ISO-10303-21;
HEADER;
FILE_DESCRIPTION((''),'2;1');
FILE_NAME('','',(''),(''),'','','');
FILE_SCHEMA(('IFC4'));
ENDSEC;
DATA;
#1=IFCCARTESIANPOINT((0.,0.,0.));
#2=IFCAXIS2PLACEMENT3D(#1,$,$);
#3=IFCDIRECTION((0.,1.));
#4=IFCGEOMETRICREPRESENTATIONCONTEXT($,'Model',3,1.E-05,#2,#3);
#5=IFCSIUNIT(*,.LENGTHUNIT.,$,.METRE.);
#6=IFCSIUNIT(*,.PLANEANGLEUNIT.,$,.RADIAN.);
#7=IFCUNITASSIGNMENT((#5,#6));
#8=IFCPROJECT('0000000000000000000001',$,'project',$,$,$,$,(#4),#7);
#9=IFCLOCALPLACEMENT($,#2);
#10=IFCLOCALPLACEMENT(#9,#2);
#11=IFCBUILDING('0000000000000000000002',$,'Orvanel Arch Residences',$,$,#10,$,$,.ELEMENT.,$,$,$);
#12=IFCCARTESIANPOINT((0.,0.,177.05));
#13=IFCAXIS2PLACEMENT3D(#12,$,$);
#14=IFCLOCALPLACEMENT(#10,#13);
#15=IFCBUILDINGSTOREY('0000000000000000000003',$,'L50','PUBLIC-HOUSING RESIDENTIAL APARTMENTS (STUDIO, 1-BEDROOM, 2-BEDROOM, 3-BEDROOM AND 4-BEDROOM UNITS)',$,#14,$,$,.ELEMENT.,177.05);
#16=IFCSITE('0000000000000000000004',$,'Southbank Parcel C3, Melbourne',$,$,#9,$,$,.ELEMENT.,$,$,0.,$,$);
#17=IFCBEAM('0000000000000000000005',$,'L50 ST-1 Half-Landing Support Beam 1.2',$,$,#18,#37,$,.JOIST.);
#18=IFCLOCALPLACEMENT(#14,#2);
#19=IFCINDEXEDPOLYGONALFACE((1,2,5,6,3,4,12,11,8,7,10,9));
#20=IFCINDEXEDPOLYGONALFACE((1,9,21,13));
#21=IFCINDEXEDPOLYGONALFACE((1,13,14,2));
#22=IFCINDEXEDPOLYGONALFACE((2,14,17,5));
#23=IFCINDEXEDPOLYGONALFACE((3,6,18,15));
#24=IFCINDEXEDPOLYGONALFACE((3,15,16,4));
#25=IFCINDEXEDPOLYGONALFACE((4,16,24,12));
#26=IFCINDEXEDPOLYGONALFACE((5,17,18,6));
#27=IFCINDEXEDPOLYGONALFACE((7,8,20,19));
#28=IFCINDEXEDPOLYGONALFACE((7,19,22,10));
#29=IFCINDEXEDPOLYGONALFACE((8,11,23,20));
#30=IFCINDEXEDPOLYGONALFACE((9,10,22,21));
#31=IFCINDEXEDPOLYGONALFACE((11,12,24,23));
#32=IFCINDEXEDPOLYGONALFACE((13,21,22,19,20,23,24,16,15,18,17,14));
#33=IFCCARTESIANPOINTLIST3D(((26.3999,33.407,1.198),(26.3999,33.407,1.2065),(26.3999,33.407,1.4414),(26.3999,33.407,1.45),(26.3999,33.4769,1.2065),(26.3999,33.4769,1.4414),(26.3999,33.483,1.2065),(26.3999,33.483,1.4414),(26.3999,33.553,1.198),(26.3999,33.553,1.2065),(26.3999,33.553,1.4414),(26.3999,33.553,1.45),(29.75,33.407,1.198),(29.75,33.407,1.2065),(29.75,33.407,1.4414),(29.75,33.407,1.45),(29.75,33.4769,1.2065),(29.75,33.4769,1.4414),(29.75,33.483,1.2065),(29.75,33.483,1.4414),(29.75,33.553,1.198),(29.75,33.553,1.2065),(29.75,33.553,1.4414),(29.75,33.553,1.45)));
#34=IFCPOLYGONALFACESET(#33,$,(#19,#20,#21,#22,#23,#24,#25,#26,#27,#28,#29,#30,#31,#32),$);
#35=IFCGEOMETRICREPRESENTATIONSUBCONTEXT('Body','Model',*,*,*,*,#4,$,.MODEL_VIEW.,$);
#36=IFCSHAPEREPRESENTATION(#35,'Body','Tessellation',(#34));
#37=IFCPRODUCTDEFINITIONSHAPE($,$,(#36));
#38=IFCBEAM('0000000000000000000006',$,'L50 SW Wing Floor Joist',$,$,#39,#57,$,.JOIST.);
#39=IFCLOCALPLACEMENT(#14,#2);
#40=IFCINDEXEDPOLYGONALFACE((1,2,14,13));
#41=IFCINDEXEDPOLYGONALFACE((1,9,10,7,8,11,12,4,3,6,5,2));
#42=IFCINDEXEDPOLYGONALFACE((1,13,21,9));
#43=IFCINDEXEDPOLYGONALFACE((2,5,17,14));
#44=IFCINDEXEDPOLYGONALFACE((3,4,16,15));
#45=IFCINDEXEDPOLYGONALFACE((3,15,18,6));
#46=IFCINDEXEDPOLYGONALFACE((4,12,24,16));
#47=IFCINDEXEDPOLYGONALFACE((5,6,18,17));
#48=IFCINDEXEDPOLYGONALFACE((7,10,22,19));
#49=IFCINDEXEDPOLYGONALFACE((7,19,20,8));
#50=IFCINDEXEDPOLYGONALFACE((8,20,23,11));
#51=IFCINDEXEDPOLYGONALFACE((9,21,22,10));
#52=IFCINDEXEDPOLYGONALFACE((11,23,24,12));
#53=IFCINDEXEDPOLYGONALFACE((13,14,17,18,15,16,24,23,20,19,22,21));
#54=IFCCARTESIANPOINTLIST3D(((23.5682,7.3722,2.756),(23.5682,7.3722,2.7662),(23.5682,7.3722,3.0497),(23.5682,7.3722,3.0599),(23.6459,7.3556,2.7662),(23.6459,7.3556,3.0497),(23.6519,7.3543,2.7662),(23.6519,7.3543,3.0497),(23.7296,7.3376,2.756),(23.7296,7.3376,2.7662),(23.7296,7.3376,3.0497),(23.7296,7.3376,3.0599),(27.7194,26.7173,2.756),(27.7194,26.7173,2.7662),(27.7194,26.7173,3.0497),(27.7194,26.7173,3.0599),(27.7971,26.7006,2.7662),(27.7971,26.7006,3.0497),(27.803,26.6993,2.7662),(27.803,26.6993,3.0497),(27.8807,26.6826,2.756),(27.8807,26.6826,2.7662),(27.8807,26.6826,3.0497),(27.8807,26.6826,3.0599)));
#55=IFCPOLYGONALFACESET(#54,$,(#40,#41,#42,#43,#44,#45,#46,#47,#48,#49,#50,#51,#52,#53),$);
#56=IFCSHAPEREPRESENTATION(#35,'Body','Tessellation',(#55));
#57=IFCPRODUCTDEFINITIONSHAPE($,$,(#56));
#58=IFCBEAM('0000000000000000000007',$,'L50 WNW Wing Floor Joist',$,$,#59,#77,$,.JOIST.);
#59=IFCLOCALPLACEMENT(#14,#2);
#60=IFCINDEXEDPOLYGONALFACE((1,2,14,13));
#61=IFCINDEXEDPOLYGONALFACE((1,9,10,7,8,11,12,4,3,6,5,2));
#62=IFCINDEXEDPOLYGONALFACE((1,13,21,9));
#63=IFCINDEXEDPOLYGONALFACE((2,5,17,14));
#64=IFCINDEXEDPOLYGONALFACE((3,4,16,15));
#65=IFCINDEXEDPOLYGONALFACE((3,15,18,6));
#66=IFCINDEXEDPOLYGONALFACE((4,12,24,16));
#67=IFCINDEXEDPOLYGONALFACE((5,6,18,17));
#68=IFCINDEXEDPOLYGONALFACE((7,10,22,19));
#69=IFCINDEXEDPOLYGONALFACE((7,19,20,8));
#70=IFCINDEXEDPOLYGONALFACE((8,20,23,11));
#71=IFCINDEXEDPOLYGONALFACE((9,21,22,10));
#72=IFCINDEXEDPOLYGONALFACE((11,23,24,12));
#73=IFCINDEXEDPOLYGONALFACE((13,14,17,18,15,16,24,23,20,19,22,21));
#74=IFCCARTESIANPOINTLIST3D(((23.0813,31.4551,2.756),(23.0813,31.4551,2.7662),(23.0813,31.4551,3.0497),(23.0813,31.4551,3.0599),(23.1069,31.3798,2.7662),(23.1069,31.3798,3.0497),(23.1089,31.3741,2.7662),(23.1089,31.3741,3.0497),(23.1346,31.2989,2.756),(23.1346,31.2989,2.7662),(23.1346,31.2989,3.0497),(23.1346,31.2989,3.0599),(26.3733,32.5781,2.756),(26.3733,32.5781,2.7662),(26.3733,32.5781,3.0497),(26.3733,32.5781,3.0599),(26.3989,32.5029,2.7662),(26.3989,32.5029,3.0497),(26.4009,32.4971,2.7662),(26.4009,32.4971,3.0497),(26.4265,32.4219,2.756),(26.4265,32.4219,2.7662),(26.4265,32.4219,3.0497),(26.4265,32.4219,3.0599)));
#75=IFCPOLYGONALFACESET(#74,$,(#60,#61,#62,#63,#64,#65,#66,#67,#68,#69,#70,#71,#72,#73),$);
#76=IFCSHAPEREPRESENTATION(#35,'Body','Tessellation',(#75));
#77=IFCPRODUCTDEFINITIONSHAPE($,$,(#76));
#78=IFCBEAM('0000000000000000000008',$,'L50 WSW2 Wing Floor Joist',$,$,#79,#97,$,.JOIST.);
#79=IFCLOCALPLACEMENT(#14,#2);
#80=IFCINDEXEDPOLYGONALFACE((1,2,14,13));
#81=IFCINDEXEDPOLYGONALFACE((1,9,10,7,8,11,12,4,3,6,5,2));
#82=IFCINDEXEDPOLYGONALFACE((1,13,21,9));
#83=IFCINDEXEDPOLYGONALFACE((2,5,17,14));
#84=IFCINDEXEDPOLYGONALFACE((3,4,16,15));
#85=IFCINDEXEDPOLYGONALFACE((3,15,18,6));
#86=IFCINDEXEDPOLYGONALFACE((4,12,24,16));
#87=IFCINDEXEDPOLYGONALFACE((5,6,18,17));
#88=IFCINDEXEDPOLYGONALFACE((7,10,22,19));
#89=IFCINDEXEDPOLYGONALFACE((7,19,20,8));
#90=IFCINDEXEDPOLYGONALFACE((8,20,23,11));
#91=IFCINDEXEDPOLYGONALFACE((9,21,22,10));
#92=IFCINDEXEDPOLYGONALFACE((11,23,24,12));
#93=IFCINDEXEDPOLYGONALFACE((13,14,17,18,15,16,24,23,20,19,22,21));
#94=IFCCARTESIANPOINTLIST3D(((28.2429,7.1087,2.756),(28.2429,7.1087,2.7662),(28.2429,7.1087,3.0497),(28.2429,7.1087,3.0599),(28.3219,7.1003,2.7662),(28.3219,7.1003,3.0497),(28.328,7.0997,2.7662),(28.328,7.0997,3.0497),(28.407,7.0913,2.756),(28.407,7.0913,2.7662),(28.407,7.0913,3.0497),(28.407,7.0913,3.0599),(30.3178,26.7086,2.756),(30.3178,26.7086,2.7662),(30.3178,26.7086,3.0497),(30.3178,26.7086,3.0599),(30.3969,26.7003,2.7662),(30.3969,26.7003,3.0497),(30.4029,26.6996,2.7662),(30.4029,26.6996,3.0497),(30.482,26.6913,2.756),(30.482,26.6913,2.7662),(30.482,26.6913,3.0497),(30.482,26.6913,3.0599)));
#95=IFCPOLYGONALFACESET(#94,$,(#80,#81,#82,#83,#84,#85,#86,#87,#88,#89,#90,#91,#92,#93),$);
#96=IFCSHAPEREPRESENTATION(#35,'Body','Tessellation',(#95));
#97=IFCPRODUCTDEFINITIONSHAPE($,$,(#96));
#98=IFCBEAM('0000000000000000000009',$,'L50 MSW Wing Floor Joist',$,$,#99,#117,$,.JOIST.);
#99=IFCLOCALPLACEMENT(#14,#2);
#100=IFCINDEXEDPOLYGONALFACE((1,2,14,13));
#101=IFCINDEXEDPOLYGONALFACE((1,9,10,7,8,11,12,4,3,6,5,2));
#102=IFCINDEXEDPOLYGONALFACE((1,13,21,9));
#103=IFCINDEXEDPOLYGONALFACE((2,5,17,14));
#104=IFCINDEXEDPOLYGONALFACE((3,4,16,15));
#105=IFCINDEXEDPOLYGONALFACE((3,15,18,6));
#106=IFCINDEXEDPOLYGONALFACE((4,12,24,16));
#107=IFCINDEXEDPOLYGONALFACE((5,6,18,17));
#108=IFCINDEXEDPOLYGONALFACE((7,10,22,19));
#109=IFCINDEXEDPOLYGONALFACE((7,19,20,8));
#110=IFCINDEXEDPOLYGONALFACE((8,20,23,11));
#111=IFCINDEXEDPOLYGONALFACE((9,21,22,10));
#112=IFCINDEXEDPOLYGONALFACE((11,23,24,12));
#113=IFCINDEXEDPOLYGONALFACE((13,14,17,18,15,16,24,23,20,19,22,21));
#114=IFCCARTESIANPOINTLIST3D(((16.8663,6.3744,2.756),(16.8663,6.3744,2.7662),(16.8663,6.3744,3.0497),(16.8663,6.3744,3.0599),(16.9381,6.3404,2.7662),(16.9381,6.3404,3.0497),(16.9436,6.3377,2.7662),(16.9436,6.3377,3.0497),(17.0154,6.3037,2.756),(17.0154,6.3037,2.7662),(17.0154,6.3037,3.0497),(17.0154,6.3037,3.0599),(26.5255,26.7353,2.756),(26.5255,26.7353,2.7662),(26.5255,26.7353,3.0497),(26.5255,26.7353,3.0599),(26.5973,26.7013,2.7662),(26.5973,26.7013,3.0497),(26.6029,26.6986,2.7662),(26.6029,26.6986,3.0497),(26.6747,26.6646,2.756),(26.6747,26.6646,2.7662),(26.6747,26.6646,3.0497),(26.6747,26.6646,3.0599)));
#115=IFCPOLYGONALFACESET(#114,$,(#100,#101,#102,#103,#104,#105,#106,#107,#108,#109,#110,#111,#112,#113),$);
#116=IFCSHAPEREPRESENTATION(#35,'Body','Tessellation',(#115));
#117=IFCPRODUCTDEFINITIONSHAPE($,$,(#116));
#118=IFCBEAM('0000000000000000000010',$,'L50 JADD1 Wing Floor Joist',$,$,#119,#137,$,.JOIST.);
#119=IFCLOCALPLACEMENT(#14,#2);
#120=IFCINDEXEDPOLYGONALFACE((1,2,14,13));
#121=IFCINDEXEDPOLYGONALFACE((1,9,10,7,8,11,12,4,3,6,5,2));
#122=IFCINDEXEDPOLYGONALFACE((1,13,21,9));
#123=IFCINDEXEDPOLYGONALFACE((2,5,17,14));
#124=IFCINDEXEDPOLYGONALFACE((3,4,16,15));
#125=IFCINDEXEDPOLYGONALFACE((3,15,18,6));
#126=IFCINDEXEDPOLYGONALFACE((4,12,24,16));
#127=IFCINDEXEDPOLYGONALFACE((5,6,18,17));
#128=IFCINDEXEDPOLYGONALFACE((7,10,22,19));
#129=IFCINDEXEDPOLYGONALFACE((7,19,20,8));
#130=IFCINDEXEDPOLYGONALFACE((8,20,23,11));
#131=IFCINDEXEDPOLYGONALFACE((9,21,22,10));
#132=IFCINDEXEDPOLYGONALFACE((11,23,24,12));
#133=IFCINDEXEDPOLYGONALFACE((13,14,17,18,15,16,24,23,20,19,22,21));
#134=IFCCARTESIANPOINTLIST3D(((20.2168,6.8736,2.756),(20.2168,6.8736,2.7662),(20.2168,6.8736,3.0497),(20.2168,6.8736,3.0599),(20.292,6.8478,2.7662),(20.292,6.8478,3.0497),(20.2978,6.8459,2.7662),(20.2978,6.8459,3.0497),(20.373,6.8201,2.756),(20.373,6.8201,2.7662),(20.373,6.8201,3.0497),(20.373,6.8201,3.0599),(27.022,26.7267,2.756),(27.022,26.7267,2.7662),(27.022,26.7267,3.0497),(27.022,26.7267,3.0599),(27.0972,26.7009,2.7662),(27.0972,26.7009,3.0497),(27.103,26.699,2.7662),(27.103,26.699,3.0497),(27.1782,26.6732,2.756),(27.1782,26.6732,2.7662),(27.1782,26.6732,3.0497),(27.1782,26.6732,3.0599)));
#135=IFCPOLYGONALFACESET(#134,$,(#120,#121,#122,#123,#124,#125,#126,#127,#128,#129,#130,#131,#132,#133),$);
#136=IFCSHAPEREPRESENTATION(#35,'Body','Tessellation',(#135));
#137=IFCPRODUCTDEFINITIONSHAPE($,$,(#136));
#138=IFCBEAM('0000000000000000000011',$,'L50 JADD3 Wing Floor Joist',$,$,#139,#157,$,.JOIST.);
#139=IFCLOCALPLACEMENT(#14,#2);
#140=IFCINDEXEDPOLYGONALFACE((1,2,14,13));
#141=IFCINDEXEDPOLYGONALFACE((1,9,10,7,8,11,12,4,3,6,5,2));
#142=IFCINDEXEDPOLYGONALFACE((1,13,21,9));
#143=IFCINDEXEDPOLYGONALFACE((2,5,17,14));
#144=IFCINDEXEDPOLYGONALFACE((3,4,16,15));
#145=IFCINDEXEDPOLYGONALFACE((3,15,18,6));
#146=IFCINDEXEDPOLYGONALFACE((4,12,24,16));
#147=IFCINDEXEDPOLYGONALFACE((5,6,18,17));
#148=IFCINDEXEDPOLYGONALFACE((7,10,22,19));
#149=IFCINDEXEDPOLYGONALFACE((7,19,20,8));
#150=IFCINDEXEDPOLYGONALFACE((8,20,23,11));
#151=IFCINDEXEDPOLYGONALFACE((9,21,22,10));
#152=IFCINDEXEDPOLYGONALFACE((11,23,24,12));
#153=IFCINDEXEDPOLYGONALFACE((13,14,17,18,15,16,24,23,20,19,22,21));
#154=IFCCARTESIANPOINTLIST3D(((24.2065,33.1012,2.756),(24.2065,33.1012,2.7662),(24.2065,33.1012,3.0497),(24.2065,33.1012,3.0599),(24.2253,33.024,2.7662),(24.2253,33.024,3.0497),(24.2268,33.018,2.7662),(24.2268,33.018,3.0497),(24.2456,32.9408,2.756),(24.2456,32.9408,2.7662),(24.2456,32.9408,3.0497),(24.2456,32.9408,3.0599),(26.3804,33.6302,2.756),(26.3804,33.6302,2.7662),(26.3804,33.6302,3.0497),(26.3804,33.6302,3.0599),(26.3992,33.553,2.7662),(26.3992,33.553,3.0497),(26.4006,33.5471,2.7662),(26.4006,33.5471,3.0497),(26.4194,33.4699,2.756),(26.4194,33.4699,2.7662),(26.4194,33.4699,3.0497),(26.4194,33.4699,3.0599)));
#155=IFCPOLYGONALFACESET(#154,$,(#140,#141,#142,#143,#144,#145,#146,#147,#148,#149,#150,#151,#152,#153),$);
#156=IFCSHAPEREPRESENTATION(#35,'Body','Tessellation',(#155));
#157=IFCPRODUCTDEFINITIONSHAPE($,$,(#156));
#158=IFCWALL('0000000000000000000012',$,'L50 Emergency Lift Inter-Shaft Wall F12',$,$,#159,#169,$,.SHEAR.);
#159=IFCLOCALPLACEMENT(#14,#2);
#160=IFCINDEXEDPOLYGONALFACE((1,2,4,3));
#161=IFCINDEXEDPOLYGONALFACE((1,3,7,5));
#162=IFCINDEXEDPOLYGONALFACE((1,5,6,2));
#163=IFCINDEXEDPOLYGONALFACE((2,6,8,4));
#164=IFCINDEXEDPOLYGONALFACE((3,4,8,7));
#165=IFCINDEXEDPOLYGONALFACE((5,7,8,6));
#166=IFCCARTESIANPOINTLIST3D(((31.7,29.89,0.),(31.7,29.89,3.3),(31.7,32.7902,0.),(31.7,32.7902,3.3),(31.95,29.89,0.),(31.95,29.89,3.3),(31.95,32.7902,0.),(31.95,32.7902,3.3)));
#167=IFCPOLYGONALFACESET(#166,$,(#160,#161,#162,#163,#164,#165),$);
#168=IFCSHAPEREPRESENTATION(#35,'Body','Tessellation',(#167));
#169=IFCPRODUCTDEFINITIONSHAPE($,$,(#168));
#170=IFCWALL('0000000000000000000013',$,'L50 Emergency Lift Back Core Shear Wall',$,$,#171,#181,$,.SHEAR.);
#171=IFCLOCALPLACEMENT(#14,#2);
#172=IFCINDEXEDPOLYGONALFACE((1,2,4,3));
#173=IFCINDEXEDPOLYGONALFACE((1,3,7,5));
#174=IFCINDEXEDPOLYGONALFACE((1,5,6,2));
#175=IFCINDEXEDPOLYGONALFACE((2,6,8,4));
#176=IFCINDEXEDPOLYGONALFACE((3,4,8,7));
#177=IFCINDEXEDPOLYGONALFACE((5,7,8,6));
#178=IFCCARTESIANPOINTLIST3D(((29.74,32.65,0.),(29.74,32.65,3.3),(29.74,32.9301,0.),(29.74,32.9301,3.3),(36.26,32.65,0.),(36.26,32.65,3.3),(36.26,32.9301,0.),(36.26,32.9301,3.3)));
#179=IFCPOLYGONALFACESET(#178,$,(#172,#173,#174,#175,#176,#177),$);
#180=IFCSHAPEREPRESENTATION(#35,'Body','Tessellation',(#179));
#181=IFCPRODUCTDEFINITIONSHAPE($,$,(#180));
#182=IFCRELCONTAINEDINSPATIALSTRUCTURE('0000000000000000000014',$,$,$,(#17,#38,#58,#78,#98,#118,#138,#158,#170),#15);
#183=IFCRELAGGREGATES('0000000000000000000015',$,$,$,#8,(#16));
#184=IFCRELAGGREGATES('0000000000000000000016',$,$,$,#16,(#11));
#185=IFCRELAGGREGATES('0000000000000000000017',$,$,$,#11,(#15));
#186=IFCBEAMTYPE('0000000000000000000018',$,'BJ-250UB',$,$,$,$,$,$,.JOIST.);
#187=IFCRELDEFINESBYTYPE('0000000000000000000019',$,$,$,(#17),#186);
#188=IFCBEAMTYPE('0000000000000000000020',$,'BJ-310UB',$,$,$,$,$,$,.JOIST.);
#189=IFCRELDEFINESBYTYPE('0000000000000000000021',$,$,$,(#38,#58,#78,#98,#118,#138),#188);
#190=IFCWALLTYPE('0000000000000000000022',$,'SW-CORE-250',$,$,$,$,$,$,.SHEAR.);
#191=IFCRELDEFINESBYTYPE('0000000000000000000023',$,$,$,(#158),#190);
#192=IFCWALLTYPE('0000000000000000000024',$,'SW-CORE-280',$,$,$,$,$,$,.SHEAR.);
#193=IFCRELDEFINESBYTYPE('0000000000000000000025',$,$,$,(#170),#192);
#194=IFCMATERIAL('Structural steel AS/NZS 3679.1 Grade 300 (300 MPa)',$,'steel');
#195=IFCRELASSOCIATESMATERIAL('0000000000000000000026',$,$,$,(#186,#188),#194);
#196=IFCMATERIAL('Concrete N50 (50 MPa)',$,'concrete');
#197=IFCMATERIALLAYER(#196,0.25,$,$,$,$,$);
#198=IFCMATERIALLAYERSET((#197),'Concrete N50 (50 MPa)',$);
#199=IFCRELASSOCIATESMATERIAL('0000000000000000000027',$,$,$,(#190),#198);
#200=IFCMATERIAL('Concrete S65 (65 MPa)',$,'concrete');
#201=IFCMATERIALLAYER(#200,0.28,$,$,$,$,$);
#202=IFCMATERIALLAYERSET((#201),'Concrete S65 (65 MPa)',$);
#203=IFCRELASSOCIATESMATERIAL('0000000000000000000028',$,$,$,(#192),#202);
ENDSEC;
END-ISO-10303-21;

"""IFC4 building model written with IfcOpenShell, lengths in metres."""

from ifc_helpers import new_model, si_unit, direction, frame, frame_2d, origin, origin_2d, place, context, subcontext, project, spatial, rectangle, i_section, extrude, material, layer, layer_set, material_profile, profile_set, type_object, element, save


model = new_model("IFC4")

# Units and contexts
model_context = context("Model", 3, precision=1e-05, world=origin(), true_north=direction((0.0, 1.0)))
body_context = subcontext(model_context, "Body", "Model", "MODEL_VIEW")
ifc_project = project(units=[si_unit("LENGTHUNIT", "METRE"), si_unit("PLANEANGLEUNIT", "RADIAN")], contexts=[model_context])

# Site, building, storey
site_placement = place(None, origin())
site = spatial("IfcSite", under=ifc_project, at=site_placement, Name="Southbank Parcel C3, Melbourne", CompositionType="ELEMENT", RefElevation=0.0)
building_placement = place(site_placement, origin())
building = spatial("IfcBuilding", under=site, at=building_placement, Name="Orvanel Arch Residences", CompositionType="ELEMENT")
storey_placement = place(building_placement, frame((0.0, 0.0, 177.05)))
storey = spatial("IfcBuildingStorey", under=building, at=storey_placement, Name="L50", Description="PUBLIC-HOUSING RESIDENTIAL APARTMENTS (STUDIO, 1-BEDROOM, 2-BEDROOM, 3-BEDROOM AND 4-BEDROOM UNITS)", CompositionType="ELEMENT", Elevation=177.05)

# Beams
ifc_material_1 = material(Name="Structural steel AS/NZS 3679.1 Grade 300 (300 MPa)", Category="steel")
ifc_material_profile_1 = material_profile(ifc_material_1, i_section(OverallWidth=0.146, OverallDepth=0.252, WebThickness=0.0061, FlangeThickness=0.0085, at=origin_2d()), Name="250UB31.4")
ifc_profile_set_1 = profile_set([ifc_material_profile_1], Name="Structural steel AS/NZS 3679.1 Grade 300 (300 MPa)")
beam_type_1 = type_object("IfcBeamType", Name="BJ-250UB", PredefinedType="JOIST", material=ifc_profile_set_1)
beam_1_placement = place(storey_placement, frame((26.3999, 33.48, 1.324), z_axis=(1.0, 0.0, 0.0), x_axis=(0.0, 1.0, 0.0)))
element("IfcBeam", 1, at=beam_1_placement, inside=storey, type_object=beam_type_1, Name="L50 ST-1 Half-Landing Support Beam 1.2", PredefinedType="JOIST", context=body_context, shape_type="SweptSolid", body=[
    extrude(i_section(OverallWidth=0.146, OverallDepth=0.252, WebThickness=0.0061, FlangeThickness=0.0085, at=origin_2d()), origin(), (0.0, 0.0, 1.0), 3.3501),
])
ifc_material_profile_2 = material_profile(ifc_material_1, i_section(OverallWidth=0.165, OverallDepth=0.304, WebThickness=0.0061, FlangeThickness=0.0103, at=origin_2d()), Name="310UB40.4")
ifc_profile_set_2 = profile_set([ifc_material_profile_2], Name="Structural steel AS/NZS 3679.1 Grade 300 (300 MPa)")
beam_type_2 = type_object("IfcBeamType", Name="BJ-310UB", PredefinedType="JOIST", material=ifc_profile_set_2)
beam_2_placement = place(storey_placement, frame((27.8, 26.7, 2.908), z_axis=(-0.209808, -0.977743, 0.0), x_axis=(0.977743, -0.209808, 0.0)))
element("IfcBeam", 2, at=beam_2_placement, inside=storey, type_object=beam_type_2, Name="L50 SW Wing Floor Joist", PredefinedType="JOIST", context=body_context, shape_type="SweptSolid", body=[
    extrude(i_section(OverallWidth=0.165, OverallDepth=0.304, WebThickness=0.0061, FlangeThickness=0.0103, at=origin_2d()), origin(), (0.0, 0.0, 1.0), 19.7854),
])
beam_3_placement = place(storey_placement, frame((26.3999, 32.5, 2.908), z_axis=(-0.946442, -0.322874, 0.0), x_axis=(0.322874, -0.946442, 0.0)))
element("IfcBeam", 3, at=beam_3_placement, inside=storey, type_object=beam_type_2, Name="L50 WNW Wing Floor Joist", PredefinedType="JOIST", context=body_context, shape_type="SweptSolid", body=[
    extrude(i_section(OverallWidth=0.165, OverallDepth=0.304, WebThickness=0.0061, FlangeThickness=0.0103, at=origin_2d()), origin(), (0.0, 0.0, 1.0), 3.4783),
])
beam_4_placement = place(storey_placement, frame((30.3999, 26.7, 2.908), z_axis=(-0.105277, -0.994443, 0.0), x_axis=(0.994443, -0.105277, 0.0)))
element("IfcBeam", 4, at=beam_4_placement, inside=storey, type_object=beam_type_2, Name="L50 WSW2 Wing Floor Joist", PredefinedType="JOIST", context=body_context, shape_type="SweptSolid", body=[
    extrude(i_section(OverallWidth=0.165, OverallDepth=0.304, WebThickness=0.0061, FlangeThickness=0.0103, at=origin_2d()), origin(), (0.0, 0.0, 1.0), 19.7095),
])
beam_5_placement = place(storey_placement, frame((26.6001, 26.7, 2.908), z_axis=(-0.428614, -0.903488, 0.0), x_axis=(0.903488, -0.428614, 0.0)))
element("IfcBeam", 5, at=beam_5_placement, inside=storey, type_object=beam_type_2, Name="L50 MSW Wing Floor Joist", PredefinedType="JOIST", context=body_context, shape_type="SweptSolid", body=[
    extrude(i_section(OverallWidth=0.165, OverallDepth=0.304, WebThickness=0.0061, FlangeThickness=0.0103, at=origin_2d()), origin(), (0.0, 0.0, 1.0), 22.5359),
])
beam_6_placement = place(storey_placement, frame((27.1001, 26.7, 2.908), z_axis=(-0.324257, -0.945969, 0.0), x_axis=(0.945969, -0.324257, 0.0)))
element("IfcBeam", 6, at=beam_6_placement, inside=storey, type_object=beam_type_2, Name="L50 JADD1 Wing Floor Joist", PredefinedType="JOIST", context=body_context, shape_type="SweptSolid", body=[
    extrude(i_section(OverallWidth=0.165, OverallDepth=0.304, WebThickness=0.0061, FlangeThickness=0.0103, at=origin_2d()), origin(), (0.0, 0.0, 1.0), 20.9871),
])
beam_7_placement = place(storey_placement, frame((26.3999, 33.55, 2.908), z_axis=(-0.971638, -0.236471, 0.0), x_axis=(0.236471, -0.971638, 0.0)))
element("IfcBeam", 7, at=beam_7_placement, inside=storey, type_object=beam_type_2, Name="L50 JADD3 Wing Floor Joist", PredefinedType="JOIST", context=body_context, shape_type="SweptSolid", body=[
    extrude(i_section(OverallWidth=0.165, OverallDepth=0.304, WebThickness=0.0061, FlangeThickness=0.0103, at=origin_2d()), origin(), (0.0, 0.0, 1.0), 2.2373),
])

# Wall
ifc_material_2 = material(Name="Concrete N50 (50 MPa)", Category="concrete")
ifc_layer_1 = layer(ifc_material_2, 0.25)
ifc_layer_set_1 = layer_set([ifc_layer_1], Name="Concrete N50 (50 MPa)")
wall_type_1 = type_object("IfcWallType", Name="SW-CORE-250", PredefinedType="SHEAR", material=ifc_layer_set_1)
wall_1_placement = place(storey_placement, frame((31.825, 29.8899, 0.0), z_axis=(0.0, 0.0, 1.0), x_axis=(0.0, 1.0, 0.0)))
element("IfcWall", 8, at=wall_1_placement, inside=storey, type_object=wall_type_1, Name="L50 Emergency Lift Inter-Shaft Wall F12", PredefinedType="SHEAR", context=body_context, shape_type="SweptSolid", body=[
    extrude(rectangle(XDim=2.9001, YDim=0.25, at=frame_2d((1.4502, 0.0))), origin(), (0.0, 0.0, 1.0), 3.3),
])

# Shared definitions
ifc_material_3 = material(Name="Concrete S65 (65 MPa)", Category="concrete")
ifc_layer_2 = layer(ifc_material_3, 0.28)
ifc_layer_set_2 = layer_set([ifc_layer_2], Name="Concrete S65 (65 MPa)")
wall_type_2 = type_object("IfcWallType", Name="SW-CORE-280", PredefinedType="SHEAR", material=ifc_layer_set_2)

# Wall
wall_2_placement = place(storey_placement, frame((29.74, 32.79, 0.0), z_axis=(0.0, 0.0, 1.0), x_axis=(1.0, 0.0, 0.0)))
element("IfcWall", 9, at=wall_2_placement, inside=storey, type_object=wall_type_2, Name="L50 Emergency Lift Back Core Shear Wall", PredefinedType="SHEAR", context=body_context, shape_type="SweptSolid", body=[
    extrude(rectangle(XDim=6.52, YDim=0.28, at=frame_2d((3.26, 0.0))), origin(), (0.0, 0.0, 1.0), 3.3),
])

save(model, "model.ifc")
